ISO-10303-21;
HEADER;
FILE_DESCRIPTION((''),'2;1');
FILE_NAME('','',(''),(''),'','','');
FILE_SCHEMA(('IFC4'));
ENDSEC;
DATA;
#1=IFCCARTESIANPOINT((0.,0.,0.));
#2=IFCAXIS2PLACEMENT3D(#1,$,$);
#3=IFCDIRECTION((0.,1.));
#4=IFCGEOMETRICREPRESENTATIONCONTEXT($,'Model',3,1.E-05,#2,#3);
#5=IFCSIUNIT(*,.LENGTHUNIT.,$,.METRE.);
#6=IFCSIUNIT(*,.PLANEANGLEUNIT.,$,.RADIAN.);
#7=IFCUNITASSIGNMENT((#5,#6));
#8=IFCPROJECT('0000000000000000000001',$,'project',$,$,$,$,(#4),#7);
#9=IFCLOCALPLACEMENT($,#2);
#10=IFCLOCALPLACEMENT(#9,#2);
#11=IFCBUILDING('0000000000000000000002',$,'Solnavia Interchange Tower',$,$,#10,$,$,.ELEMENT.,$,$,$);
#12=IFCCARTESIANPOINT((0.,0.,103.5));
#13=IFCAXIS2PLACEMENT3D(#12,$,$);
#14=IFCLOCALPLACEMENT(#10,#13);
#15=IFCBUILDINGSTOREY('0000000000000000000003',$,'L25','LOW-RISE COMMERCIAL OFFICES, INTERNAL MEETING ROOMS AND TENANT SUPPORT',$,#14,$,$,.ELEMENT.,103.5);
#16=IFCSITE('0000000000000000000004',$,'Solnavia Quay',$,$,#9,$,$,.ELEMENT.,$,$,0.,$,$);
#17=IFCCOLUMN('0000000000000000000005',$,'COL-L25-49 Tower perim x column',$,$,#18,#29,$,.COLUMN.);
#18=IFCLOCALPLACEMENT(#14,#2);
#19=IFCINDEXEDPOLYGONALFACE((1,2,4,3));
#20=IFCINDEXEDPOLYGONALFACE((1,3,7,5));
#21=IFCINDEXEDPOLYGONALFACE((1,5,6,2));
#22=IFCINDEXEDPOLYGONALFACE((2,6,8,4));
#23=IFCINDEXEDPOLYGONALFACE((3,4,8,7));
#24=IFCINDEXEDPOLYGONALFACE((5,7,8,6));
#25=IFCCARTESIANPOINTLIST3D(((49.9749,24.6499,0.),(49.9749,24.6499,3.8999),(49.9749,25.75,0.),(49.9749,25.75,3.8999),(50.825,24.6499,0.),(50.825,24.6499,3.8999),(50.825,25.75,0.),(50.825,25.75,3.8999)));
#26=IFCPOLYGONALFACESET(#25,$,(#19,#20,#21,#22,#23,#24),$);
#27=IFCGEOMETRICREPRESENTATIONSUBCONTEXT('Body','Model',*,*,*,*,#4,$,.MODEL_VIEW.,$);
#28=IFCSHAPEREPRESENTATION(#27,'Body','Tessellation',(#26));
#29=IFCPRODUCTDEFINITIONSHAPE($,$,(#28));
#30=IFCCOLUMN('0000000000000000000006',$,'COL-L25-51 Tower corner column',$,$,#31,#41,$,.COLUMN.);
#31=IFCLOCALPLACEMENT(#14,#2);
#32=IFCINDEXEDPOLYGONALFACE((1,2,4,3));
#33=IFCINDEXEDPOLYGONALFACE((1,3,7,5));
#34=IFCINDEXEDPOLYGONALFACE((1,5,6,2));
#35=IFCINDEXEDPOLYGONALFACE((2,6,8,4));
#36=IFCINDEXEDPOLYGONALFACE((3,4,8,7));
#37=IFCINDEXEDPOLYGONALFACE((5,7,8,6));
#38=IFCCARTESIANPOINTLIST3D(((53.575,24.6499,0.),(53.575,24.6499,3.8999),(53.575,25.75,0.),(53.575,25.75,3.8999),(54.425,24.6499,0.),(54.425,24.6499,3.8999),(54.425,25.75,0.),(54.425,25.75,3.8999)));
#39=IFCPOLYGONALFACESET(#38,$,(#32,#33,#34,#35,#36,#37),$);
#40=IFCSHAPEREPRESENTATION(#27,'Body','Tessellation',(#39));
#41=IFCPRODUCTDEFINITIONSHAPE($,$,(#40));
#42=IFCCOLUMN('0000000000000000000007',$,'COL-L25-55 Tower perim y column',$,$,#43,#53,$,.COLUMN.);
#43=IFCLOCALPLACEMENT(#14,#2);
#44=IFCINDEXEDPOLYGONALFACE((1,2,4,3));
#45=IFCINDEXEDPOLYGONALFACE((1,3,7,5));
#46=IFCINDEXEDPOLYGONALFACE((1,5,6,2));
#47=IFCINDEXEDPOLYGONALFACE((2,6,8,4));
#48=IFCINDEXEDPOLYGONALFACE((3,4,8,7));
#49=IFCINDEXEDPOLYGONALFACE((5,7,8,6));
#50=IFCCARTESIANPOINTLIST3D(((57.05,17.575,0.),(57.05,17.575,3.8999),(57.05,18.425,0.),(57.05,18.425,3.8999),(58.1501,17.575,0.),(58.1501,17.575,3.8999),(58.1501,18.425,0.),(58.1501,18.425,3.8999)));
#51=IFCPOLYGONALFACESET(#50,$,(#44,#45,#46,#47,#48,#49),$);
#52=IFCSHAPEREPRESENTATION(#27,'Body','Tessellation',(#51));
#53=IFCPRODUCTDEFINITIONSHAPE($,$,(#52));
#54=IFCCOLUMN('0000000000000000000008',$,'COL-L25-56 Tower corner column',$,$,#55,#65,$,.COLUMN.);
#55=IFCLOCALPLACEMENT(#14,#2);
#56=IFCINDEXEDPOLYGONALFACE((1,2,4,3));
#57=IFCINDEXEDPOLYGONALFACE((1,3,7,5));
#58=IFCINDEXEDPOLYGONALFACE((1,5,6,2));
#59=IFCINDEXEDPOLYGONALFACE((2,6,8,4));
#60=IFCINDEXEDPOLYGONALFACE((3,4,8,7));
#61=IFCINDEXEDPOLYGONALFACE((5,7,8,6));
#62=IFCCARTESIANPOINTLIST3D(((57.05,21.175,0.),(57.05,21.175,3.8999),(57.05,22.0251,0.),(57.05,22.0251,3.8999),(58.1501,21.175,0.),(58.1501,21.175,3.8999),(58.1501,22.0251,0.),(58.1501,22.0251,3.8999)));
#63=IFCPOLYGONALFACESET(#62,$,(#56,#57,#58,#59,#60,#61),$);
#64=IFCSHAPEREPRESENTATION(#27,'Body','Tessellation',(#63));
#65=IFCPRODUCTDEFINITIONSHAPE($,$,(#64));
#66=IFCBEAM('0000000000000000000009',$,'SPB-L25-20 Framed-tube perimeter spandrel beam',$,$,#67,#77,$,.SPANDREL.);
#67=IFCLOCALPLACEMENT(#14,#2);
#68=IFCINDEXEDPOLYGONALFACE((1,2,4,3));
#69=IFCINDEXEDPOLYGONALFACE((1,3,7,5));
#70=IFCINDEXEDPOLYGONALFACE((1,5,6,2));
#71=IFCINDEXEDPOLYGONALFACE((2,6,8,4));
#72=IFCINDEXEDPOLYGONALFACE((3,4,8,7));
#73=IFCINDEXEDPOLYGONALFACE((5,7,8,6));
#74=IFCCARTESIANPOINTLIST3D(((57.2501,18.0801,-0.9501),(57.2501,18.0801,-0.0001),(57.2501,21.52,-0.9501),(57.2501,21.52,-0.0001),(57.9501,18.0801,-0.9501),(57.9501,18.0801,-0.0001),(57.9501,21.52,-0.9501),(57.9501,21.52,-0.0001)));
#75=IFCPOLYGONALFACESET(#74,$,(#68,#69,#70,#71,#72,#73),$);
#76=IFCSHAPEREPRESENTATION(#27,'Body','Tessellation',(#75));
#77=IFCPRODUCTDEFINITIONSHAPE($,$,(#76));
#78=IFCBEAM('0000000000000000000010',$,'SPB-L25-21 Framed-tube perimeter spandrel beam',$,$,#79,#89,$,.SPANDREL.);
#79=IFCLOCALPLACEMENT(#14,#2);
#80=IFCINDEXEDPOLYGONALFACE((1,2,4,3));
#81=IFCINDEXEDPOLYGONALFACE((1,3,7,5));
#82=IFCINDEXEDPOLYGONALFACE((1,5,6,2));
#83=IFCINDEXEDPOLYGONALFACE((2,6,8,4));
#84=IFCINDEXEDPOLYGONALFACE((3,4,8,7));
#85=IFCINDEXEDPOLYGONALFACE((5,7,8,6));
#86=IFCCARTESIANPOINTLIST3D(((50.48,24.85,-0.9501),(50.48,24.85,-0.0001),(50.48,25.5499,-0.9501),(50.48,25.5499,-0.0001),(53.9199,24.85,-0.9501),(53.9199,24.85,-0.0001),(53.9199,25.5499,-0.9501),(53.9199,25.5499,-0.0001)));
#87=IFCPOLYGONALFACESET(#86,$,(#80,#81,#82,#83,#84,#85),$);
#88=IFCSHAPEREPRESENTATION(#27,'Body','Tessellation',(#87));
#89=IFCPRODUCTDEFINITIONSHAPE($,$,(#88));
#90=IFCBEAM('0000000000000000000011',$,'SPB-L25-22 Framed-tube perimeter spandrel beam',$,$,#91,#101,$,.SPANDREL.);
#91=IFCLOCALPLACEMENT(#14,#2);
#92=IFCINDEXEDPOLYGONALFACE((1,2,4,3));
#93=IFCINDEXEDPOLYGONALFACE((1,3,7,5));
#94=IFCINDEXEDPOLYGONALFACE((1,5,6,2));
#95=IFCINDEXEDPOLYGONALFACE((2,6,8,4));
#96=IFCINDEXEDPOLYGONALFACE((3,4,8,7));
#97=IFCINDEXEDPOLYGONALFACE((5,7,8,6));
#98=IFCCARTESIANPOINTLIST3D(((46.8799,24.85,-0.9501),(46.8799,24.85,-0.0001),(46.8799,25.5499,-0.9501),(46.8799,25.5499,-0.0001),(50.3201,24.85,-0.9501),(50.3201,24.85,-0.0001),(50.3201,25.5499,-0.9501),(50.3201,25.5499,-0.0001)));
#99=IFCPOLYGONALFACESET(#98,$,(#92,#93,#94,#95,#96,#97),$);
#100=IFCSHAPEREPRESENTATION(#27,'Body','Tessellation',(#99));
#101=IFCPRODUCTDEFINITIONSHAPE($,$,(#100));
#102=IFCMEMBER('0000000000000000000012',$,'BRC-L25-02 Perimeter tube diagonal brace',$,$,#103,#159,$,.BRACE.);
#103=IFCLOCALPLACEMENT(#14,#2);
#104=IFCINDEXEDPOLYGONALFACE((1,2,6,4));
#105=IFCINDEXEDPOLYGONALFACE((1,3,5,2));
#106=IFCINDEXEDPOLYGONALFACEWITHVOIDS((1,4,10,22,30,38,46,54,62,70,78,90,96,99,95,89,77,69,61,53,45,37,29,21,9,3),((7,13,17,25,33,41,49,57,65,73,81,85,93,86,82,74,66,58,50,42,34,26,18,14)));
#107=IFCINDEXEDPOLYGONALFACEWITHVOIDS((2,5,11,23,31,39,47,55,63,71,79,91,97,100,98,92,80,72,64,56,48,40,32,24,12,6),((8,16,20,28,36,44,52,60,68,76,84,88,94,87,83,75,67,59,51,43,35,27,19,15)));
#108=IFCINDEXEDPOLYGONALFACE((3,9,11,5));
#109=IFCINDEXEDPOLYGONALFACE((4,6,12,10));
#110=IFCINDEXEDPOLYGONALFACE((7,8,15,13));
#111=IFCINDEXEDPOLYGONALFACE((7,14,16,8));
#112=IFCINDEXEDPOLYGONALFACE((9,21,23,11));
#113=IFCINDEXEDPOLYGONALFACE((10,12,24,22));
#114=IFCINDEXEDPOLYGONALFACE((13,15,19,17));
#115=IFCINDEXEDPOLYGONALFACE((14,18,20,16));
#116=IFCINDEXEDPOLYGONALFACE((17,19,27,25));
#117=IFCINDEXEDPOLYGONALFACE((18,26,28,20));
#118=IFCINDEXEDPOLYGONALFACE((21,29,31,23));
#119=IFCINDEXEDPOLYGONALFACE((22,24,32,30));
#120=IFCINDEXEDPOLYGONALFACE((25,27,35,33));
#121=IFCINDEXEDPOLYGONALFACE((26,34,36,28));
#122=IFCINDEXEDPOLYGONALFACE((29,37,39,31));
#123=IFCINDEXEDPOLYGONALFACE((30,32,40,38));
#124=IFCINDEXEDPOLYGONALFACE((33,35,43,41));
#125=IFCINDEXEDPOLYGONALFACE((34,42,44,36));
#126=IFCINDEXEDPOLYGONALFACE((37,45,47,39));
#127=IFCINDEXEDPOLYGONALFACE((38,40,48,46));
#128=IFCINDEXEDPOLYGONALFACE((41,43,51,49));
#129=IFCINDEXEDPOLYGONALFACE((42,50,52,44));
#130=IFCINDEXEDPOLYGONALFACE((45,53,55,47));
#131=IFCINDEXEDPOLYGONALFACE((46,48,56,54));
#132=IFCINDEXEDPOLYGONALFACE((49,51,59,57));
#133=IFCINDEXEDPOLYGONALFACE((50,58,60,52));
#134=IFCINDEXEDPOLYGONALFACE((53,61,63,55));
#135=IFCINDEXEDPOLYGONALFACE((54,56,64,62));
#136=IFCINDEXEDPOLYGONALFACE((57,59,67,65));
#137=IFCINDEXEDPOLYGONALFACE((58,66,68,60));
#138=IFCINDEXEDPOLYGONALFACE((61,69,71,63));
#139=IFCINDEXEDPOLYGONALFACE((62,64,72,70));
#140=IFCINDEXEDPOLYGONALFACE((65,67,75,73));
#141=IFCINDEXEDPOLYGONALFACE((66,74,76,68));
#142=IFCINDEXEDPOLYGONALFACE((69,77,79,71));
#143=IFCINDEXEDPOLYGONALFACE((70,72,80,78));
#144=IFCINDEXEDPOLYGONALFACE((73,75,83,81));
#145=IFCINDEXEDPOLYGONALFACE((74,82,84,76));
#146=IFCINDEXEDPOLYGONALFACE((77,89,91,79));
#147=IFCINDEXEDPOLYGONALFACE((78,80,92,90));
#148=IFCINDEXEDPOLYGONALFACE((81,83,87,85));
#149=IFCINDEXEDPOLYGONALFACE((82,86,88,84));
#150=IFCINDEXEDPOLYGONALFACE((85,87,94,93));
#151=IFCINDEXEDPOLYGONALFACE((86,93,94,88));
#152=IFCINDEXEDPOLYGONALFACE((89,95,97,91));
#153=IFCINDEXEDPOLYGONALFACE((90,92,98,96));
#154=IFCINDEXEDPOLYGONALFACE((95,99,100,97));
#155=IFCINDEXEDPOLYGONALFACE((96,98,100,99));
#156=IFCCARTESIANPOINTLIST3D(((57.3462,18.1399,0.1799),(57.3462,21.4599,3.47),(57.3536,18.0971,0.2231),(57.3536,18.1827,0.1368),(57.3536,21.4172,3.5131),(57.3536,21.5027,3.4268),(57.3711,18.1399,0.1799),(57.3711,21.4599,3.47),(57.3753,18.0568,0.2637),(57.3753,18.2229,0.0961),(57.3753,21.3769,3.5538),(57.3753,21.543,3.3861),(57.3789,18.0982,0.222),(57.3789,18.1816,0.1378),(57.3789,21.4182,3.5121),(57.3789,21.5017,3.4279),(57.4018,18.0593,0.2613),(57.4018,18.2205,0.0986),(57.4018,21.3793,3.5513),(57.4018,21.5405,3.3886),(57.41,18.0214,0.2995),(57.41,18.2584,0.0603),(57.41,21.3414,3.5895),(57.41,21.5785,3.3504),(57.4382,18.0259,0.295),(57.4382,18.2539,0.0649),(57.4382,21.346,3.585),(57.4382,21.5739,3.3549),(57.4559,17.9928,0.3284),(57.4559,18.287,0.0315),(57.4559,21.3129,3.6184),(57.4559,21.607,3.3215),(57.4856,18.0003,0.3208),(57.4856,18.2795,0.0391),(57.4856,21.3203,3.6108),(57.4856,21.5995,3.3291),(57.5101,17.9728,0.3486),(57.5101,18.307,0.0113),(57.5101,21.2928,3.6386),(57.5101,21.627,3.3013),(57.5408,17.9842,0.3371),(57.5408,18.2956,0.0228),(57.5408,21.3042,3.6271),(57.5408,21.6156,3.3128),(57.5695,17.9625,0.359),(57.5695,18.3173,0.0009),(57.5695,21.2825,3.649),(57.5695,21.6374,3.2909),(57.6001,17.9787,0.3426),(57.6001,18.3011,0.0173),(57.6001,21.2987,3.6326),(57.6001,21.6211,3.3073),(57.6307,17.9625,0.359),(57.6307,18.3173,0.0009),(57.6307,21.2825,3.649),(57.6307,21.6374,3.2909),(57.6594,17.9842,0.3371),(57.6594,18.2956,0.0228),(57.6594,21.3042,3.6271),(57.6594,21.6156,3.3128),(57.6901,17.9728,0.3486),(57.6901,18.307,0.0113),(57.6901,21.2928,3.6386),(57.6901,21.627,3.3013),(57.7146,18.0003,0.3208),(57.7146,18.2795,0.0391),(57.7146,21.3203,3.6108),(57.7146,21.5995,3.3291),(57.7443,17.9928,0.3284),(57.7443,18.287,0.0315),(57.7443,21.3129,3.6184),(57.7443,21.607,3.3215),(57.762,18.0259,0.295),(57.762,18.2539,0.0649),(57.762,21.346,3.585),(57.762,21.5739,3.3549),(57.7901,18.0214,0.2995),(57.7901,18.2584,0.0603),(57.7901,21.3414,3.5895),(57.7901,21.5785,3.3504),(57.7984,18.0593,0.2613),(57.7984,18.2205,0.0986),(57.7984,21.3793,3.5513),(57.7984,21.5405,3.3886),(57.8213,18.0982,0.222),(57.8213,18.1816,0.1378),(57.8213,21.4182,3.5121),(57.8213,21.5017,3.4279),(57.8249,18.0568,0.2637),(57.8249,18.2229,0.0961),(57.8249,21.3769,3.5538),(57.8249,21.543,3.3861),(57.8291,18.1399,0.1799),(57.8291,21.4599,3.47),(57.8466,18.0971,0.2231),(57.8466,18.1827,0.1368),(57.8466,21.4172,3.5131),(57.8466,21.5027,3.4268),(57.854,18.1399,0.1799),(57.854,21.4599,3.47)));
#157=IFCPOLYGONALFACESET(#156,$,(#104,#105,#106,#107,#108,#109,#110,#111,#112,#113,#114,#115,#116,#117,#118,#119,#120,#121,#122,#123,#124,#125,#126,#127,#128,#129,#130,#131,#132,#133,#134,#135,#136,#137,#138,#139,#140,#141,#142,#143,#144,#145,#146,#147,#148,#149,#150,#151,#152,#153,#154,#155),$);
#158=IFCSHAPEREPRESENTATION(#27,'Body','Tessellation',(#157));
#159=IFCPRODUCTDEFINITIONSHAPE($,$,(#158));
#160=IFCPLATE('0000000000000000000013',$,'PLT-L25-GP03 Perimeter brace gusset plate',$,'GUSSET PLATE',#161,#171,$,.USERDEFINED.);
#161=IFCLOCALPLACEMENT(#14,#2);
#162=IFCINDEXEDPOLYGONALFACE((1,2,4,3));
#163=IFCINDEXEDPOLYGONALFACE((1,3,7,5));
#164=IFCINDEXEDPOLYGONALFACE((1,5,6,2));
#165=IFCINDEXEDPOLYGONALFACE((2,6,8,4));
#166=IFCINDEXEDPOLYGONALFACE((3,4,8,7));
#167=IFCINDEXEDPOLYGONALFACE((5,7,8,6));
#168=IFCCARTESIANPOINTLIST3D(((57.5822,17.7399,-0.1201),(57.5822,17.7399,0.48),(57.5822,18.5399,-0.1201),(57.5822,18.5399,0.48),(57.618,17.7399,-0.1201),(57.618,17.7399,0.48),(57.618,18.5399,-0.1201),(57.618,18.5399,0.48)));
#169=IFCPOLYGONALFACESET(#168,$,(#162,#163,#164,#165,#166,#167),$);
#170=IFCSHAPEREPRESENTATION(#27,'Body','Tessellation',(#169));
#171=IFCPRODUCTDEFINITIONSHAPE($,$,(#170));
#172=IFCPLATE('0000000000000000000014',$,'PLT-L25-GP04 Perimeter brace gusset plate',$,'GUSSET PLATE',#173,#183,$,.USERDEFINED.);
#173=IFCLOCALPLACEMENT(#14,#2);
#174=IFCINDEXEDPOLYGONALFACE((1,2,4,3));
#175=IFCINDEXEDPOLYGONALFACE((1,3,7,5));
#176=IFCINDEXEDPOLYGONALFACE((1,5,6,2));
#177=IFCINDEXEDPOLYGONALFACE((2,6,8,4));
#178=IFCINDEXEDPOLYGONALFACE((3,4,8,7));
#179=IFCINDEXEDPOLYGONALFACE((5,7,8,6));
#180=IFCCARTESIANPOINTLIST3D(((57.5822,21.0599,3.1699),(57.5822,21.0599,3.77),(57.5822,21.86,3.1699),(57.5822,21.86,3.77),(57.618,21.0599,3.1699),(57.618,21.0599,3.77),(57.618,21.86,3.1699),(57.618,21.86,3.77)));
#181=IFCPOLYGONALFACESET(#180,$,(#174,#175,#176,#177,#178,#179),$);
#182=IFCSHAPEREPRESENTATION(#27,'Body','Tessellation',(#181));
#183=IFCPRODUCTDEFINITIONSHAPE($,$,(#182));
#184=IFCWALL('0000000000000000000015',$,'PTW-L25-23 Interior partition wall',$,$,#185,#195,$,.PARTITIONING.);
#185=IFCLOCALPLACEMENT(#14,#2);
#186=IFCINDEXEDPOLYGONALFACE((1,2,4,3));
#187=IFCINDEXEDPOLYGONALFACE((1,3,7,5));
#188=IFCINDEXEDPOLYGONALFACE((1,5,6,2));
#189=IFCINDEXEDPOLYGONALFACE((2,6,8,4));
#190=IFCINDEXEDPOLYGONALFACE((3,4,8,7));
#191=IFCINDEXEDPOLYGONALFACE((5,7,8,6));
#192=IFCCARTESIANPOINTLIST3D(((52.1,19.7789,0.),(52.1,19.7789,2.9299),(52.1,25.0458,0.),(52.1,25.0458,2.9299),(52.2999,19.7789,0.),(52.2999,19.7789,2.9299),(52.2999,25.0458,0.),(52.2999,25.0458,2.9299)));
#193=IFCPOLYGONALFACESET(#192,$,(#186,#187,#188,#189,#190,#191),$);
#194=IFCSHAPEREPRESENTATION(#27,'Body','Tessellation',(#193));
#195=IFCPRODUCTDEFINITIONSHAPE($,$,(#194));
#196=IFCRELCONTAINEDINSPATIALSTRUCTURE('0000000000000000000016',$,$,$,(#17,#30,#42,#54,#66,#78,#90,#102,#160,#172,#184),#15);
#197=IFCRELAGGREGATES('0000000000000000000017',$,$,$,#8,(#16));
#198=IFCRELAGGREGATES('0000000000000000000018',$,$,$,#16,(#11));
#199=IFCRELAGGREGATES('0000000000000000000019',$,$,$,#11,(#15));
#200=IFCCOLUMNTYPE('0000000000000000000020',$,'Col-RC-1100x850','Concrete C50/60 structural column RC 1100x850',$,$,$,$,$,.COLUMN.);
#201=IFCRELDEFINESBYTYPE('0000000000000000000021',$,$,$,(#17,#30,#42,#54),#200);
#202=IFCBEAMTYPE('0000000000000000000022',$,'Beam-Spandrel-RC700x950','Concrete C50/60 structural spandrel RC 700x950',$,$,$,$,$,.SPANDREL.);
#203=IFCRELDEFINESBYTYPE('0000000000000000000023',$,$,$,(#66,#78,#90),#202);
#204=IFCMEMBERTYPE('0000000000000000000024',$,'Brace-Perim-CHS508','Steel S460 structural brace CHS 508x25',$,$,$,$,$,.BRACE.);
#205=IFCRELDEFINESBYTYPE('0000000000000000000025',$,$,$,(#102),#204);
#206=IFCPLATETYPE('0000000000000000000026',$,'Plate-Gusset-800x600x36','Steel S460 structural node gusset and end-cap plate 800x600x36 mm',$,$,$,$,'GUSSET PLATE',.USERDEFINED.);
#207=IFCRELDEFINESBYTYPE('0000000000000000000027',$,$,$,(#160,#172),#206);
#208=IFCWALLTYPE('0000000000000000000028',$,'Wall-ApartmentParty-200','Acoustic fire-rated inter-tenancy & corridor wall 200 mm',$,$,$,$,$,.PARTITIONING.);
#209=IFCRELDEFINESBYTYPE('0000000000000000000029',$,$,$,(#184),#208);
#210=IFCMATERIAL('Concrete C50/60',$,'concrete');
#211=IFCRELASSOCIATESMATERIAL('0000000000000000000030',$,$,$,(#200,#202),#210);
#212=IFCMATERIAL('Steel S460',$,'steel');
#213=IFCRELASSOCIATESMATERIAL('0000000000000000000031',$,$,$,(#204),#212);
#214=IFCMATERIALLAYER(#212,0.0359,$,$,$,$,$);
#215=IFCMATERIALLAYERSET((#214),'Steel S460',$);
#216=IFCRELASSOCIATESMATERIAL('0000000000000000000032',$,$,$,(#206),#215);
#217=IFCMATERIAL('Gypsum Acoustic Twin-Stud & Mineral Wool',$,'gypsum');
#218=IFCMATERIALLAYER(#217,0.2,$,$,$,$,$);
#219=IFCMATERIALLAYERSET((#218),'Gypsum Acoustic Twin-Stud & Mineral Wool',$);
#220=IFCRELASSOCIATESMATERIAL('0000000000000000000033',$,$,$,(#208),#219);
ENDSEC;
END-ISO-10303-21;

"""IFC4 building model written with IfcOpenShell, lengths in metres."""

from ifc_helpers import new_model, si_unit, direction, frame, frame_2d, origin, origin_2d, place, context, subcontext, project, spatial, rectangle, hollow_circle, extrude, material, layer, layer_set, material_profile, profile_set, type_object, element, save


model = new_model("IFC4")

# Units and contexts
model_context = context("Model", 3, precision=1e-05, world=origin(), true_north=direction((0.0, 1.0)))
body_context = subcontext(model_context, "Body", "Model", "MODEL_VIEW")
ifc_project = project(units=[si_unit("LENGTHUNIT", "METRE"), si_unit("PLANEANGLEUNIT", "RADIAN")], contexts=[model_context])

# Site, building, storey
site_placement = place(None, origin())
site = spatial("IfcSite", under=ifc_project, at=site_placement, Name="Solnavia Quay", CompositionType="ELEMENT", RefElevation=0.0)
building_placement = place(site_placement, origin())
building = spatial("IfcBuilding", under=site, at=building_placement, Name="Solnavia Interchange Tower", CompositionType="ELEMENT")
storey_placement = place(building_placement, frame((0.0, 0.0, 103.5)))
storey = spatial("IfcBuildingStorey", under=building, at=storey_placement, Name="L25", Description="LOW-RISE COMMERCIAL OFFICES, INTERNAL MEETING ROOMS AND TENANT SUPPORT", CompositionType="ELEMENT", Elevation=103.5)

# Columns
ifc_material_1 = material(Name="Concrete C50/60", Category="concrete")
ifc_material_profile_1 = material_profile(ifc_material_1, rectangle(XDim=0.8501, YDim=1.1001, at=origin_2d()), Name="RC 1100x850")
ifc_profile_set_1 = profile_set([ifc_material_profile_1], Name="Concrete C50/60")
column_type = type_object("IfcColumnType", Name="Col-RC-1100x850", Description="Concrete C50/60 structural column RC 1100x850", PredefinedType="COLUMN", material=ifc_profile_set_1)
for number, where, z_axis, x_axis, name in (
    (1, (50.3999, 25.2, 0.0), (0.0, 0.0, 1.0), (1.0, 0.0, 0.0), "COL-L25-49 Tower perim x column"),
    (2, (54.0, 25.2, 0.0), (0.0, 0.0, 1.0), (1.0, 0.0, 0.0), "COL-L25-51 Tower corner column"),
    (3, (57.6001, 18.0, 0.0), (0.0, 0.0, 1.0), (0.0, 1.0, 0.0), "COL-L25-55 Tower perim y column"),
    (4, (57.6001, 21.6001, 0.0), (0.0, 0.0, 1.0), (0.0, 1.0, 0.0), "COL-L25-56 Tower corner column"),
):
    element("IfcColumn", number, at=place(storey_placement, frame(where, z_axis=z_axis, x_axis=x_axis)), inside=storey, type_object=column_type, Name=name, PredefinedType="COLUMN", context=body_context, shape_type="SweptSolid", body=[
        extrude(rectangle(XDim=0.8501, YDim=1.1001, at=origin_2d()), origin(), (0.0, 0.0, 1.0), 3.8999),
    ])

# Beams
ifc_material_profile_2 = material_profile(ifc_material_1, rectangle(XDim=0.7, YDim=0.95, at=origin_2d()), Name="RC 700x950")
ifc_profile_set_2 = profile_set([ifc_material_profile_2], Name="Concrete C50/60")
beam_type = type_object("IfcBeamType", Name="Beam-Spandrel-RC700x950", Description="Concrete C50/60 structural spandrel RC 700x950", PredefinedType="SPANDREL", material=ifc_profile_set_2)
for number, where, z_axis, x_axis, name in (
    (5, (57.6001, 18.0801, -0.4751), (0.0, 1.0, 0.0), (-1.0, 0.0, 0.0), "SPB-L25-20 Framed-tube perimeter spandrel beam"),
    (6, (53.9199, 25.2, -0.4751), (-1.0, 0.0, 0.0), (0.0, -1.0, 0.0), "SPB-L25-21 Framed-tube perimeter spandrel beam"),
):
    element("IfcBeam", number, at=place(storey_placement, frame(where, z_axis=z_axis, x_axis=x_axis)), inside=storey, type_object=beam_type, Name=name, PredefinedType="SPANDREL", context=body_context, shape_type="SweptSolid", body=[
        extrude(rectangle(XDim=0.7, YDim=0.95, at=origin_2d()), origin(), (0.0, 0.0, 1.0), 3.4399),
    ])
beam_placement = place(storey_placement, frame((50.3201, 25.2, -0.4751), z_axis=(-1.0, 0.0, 0.0), x_axis=(0.0, -1.0, 0.0)))
element("IfcBeam", 7, at=beam_placement, inside=storey, type_object=beam_type, Name="SPB-L25-22 Framed-tube perimeter spandrel beam", PredefinedType="SPANDREL", context=body_context, shape_type="SweptSolid", body=[
    extrude(rectangle(XDim=0.7, YDim=0.95, at=origin_2d()), origin(), (0.0, 0.0, 1.0), 3.4402),
])

# Member
ifc_material_2 = material(Name="Steel S460", Category="steel")
ifc_material_profile_3 = material_profile(ifc_material_2, hollow_circle(Radius=0.2539, WallThickness=0.0249, at=origin_2d()), Name="CHS 508x25")
ifc_profile_set_3 = profile_set([ifc_material_profile_3], Name="Steel S460")
member_type = type_object("IfcMemberType", Name="Brace-Perim-CHS508", Description="Steel S460 structural brace CHS 508x25", PredefinedType="BRACE", material=ifc_profile_set_3)
member_placement = place(storey_placement, frame((57.6001, 18.1399, 0.1799), z_axis=(0.0, 0.710312, 0.703887), x_axis=(-1.0, 0.0, 0.0)))
element("IfcMember", 8, at=member_placement, inside=storey, type_object=member_type, Name="BRC-L25-02 Perimeter tube diagonal brace", PredefinedType="BRACE", context=body_context, shape_type="SweptSolid", body=[
    extrude(hollow_circle(Radius=0.2539, WallThickness=0.0249, at=origin_2d()), origin(), (0.0, 0.0, 1.0), 4.6741),
])

# Plates
ifc_layer_1 = layer(ifc_material_2, 0.0359)
ifc_layer_set_1 = layer_set([ifc_layer_1], Name="Steel S460")
plate_type = type_object("IfcPlateType", Name="Plate-Gusset-800x600x36", Description="Steel S460 structural node gusset and end-cap plate 800x600x36 mm", ElementType="GUSSET PLATE", PredefinedType="USERDEFINED", material=ifc_layer_set_1)
for number, where, z_axis, x_axis, name in (
    (9, (57.6001, 18.1399, -0.1201), (0.0, 0.0, 1.0), (0.0, 1.0, 0.0), "PLT-L25-GP03 Perimeter brace gusset plate"),
    (10, (57.6001, 21.46, 3.1699), (0.0, 0.0, 1.0), (0.0, 1.0, 0.0), "PLT-L25-GP04 Perimeter brace gusset plate"),
):
    element("IfcPlate", number, at=place(storey_placement, frame(where, z_axis=z_axis, x_axis=x_axis)), inside=storey, type_object=plate_type, Name=name, ObjectType="GUSSET PLATE", PredefinedType="USERDEFINED", context=body_context, shape_type="SweptSolid", body=[
        extrude(rectangle(XDim=0.8, YDim=0.0359, at=origin_2d()), origin(), (0.0, 0.0, 1.0), 0.6001),
    ])

# Wall
ifc_material_3 = material(Name="Gypsum Acoustic Twin-Stud & Mineral Wool", Category="gypsum")
ifc_layer_2 = layer(ifc_material_3, 0.2)
ifc_layer_set_2 = layer_set([ifc_layer_2], Name="Gypsum Acoustic Twin-Stud & Mineral Wool")
wall_type_1 = type_object("IfcWallType", Name="Wall-ApartmentParty-200", Description="Acoustic fire-rated inter-tenancy & corridor wall 200 mm", PredefinedType="PARTITIONING", material=ifc_layer_set_2)
wall_1_placement = place(storey_placement, frame((52.2, 19.7791, 0.0), z_axis=(0.0, 0.0, 1.0), x_axis=(0.0, 1.0, 0.0)))
element("IfcWall", 11, at=wall_1_placement, inside=storey, type_object=wall_type_1, Name="PTW-L25-23 Interior partition wall", PredefinedType="PARTITIONING", context=body_context, shape_type="SweptSolid", body=[
    extrude(rectangle(XDim=5.2668, YDim=0.2, at=frame_2d((2.6333, 0.0))), origin(), (0.0, 0.0, 1.0), 2.9299),
])

save(model, "model.ifc")
